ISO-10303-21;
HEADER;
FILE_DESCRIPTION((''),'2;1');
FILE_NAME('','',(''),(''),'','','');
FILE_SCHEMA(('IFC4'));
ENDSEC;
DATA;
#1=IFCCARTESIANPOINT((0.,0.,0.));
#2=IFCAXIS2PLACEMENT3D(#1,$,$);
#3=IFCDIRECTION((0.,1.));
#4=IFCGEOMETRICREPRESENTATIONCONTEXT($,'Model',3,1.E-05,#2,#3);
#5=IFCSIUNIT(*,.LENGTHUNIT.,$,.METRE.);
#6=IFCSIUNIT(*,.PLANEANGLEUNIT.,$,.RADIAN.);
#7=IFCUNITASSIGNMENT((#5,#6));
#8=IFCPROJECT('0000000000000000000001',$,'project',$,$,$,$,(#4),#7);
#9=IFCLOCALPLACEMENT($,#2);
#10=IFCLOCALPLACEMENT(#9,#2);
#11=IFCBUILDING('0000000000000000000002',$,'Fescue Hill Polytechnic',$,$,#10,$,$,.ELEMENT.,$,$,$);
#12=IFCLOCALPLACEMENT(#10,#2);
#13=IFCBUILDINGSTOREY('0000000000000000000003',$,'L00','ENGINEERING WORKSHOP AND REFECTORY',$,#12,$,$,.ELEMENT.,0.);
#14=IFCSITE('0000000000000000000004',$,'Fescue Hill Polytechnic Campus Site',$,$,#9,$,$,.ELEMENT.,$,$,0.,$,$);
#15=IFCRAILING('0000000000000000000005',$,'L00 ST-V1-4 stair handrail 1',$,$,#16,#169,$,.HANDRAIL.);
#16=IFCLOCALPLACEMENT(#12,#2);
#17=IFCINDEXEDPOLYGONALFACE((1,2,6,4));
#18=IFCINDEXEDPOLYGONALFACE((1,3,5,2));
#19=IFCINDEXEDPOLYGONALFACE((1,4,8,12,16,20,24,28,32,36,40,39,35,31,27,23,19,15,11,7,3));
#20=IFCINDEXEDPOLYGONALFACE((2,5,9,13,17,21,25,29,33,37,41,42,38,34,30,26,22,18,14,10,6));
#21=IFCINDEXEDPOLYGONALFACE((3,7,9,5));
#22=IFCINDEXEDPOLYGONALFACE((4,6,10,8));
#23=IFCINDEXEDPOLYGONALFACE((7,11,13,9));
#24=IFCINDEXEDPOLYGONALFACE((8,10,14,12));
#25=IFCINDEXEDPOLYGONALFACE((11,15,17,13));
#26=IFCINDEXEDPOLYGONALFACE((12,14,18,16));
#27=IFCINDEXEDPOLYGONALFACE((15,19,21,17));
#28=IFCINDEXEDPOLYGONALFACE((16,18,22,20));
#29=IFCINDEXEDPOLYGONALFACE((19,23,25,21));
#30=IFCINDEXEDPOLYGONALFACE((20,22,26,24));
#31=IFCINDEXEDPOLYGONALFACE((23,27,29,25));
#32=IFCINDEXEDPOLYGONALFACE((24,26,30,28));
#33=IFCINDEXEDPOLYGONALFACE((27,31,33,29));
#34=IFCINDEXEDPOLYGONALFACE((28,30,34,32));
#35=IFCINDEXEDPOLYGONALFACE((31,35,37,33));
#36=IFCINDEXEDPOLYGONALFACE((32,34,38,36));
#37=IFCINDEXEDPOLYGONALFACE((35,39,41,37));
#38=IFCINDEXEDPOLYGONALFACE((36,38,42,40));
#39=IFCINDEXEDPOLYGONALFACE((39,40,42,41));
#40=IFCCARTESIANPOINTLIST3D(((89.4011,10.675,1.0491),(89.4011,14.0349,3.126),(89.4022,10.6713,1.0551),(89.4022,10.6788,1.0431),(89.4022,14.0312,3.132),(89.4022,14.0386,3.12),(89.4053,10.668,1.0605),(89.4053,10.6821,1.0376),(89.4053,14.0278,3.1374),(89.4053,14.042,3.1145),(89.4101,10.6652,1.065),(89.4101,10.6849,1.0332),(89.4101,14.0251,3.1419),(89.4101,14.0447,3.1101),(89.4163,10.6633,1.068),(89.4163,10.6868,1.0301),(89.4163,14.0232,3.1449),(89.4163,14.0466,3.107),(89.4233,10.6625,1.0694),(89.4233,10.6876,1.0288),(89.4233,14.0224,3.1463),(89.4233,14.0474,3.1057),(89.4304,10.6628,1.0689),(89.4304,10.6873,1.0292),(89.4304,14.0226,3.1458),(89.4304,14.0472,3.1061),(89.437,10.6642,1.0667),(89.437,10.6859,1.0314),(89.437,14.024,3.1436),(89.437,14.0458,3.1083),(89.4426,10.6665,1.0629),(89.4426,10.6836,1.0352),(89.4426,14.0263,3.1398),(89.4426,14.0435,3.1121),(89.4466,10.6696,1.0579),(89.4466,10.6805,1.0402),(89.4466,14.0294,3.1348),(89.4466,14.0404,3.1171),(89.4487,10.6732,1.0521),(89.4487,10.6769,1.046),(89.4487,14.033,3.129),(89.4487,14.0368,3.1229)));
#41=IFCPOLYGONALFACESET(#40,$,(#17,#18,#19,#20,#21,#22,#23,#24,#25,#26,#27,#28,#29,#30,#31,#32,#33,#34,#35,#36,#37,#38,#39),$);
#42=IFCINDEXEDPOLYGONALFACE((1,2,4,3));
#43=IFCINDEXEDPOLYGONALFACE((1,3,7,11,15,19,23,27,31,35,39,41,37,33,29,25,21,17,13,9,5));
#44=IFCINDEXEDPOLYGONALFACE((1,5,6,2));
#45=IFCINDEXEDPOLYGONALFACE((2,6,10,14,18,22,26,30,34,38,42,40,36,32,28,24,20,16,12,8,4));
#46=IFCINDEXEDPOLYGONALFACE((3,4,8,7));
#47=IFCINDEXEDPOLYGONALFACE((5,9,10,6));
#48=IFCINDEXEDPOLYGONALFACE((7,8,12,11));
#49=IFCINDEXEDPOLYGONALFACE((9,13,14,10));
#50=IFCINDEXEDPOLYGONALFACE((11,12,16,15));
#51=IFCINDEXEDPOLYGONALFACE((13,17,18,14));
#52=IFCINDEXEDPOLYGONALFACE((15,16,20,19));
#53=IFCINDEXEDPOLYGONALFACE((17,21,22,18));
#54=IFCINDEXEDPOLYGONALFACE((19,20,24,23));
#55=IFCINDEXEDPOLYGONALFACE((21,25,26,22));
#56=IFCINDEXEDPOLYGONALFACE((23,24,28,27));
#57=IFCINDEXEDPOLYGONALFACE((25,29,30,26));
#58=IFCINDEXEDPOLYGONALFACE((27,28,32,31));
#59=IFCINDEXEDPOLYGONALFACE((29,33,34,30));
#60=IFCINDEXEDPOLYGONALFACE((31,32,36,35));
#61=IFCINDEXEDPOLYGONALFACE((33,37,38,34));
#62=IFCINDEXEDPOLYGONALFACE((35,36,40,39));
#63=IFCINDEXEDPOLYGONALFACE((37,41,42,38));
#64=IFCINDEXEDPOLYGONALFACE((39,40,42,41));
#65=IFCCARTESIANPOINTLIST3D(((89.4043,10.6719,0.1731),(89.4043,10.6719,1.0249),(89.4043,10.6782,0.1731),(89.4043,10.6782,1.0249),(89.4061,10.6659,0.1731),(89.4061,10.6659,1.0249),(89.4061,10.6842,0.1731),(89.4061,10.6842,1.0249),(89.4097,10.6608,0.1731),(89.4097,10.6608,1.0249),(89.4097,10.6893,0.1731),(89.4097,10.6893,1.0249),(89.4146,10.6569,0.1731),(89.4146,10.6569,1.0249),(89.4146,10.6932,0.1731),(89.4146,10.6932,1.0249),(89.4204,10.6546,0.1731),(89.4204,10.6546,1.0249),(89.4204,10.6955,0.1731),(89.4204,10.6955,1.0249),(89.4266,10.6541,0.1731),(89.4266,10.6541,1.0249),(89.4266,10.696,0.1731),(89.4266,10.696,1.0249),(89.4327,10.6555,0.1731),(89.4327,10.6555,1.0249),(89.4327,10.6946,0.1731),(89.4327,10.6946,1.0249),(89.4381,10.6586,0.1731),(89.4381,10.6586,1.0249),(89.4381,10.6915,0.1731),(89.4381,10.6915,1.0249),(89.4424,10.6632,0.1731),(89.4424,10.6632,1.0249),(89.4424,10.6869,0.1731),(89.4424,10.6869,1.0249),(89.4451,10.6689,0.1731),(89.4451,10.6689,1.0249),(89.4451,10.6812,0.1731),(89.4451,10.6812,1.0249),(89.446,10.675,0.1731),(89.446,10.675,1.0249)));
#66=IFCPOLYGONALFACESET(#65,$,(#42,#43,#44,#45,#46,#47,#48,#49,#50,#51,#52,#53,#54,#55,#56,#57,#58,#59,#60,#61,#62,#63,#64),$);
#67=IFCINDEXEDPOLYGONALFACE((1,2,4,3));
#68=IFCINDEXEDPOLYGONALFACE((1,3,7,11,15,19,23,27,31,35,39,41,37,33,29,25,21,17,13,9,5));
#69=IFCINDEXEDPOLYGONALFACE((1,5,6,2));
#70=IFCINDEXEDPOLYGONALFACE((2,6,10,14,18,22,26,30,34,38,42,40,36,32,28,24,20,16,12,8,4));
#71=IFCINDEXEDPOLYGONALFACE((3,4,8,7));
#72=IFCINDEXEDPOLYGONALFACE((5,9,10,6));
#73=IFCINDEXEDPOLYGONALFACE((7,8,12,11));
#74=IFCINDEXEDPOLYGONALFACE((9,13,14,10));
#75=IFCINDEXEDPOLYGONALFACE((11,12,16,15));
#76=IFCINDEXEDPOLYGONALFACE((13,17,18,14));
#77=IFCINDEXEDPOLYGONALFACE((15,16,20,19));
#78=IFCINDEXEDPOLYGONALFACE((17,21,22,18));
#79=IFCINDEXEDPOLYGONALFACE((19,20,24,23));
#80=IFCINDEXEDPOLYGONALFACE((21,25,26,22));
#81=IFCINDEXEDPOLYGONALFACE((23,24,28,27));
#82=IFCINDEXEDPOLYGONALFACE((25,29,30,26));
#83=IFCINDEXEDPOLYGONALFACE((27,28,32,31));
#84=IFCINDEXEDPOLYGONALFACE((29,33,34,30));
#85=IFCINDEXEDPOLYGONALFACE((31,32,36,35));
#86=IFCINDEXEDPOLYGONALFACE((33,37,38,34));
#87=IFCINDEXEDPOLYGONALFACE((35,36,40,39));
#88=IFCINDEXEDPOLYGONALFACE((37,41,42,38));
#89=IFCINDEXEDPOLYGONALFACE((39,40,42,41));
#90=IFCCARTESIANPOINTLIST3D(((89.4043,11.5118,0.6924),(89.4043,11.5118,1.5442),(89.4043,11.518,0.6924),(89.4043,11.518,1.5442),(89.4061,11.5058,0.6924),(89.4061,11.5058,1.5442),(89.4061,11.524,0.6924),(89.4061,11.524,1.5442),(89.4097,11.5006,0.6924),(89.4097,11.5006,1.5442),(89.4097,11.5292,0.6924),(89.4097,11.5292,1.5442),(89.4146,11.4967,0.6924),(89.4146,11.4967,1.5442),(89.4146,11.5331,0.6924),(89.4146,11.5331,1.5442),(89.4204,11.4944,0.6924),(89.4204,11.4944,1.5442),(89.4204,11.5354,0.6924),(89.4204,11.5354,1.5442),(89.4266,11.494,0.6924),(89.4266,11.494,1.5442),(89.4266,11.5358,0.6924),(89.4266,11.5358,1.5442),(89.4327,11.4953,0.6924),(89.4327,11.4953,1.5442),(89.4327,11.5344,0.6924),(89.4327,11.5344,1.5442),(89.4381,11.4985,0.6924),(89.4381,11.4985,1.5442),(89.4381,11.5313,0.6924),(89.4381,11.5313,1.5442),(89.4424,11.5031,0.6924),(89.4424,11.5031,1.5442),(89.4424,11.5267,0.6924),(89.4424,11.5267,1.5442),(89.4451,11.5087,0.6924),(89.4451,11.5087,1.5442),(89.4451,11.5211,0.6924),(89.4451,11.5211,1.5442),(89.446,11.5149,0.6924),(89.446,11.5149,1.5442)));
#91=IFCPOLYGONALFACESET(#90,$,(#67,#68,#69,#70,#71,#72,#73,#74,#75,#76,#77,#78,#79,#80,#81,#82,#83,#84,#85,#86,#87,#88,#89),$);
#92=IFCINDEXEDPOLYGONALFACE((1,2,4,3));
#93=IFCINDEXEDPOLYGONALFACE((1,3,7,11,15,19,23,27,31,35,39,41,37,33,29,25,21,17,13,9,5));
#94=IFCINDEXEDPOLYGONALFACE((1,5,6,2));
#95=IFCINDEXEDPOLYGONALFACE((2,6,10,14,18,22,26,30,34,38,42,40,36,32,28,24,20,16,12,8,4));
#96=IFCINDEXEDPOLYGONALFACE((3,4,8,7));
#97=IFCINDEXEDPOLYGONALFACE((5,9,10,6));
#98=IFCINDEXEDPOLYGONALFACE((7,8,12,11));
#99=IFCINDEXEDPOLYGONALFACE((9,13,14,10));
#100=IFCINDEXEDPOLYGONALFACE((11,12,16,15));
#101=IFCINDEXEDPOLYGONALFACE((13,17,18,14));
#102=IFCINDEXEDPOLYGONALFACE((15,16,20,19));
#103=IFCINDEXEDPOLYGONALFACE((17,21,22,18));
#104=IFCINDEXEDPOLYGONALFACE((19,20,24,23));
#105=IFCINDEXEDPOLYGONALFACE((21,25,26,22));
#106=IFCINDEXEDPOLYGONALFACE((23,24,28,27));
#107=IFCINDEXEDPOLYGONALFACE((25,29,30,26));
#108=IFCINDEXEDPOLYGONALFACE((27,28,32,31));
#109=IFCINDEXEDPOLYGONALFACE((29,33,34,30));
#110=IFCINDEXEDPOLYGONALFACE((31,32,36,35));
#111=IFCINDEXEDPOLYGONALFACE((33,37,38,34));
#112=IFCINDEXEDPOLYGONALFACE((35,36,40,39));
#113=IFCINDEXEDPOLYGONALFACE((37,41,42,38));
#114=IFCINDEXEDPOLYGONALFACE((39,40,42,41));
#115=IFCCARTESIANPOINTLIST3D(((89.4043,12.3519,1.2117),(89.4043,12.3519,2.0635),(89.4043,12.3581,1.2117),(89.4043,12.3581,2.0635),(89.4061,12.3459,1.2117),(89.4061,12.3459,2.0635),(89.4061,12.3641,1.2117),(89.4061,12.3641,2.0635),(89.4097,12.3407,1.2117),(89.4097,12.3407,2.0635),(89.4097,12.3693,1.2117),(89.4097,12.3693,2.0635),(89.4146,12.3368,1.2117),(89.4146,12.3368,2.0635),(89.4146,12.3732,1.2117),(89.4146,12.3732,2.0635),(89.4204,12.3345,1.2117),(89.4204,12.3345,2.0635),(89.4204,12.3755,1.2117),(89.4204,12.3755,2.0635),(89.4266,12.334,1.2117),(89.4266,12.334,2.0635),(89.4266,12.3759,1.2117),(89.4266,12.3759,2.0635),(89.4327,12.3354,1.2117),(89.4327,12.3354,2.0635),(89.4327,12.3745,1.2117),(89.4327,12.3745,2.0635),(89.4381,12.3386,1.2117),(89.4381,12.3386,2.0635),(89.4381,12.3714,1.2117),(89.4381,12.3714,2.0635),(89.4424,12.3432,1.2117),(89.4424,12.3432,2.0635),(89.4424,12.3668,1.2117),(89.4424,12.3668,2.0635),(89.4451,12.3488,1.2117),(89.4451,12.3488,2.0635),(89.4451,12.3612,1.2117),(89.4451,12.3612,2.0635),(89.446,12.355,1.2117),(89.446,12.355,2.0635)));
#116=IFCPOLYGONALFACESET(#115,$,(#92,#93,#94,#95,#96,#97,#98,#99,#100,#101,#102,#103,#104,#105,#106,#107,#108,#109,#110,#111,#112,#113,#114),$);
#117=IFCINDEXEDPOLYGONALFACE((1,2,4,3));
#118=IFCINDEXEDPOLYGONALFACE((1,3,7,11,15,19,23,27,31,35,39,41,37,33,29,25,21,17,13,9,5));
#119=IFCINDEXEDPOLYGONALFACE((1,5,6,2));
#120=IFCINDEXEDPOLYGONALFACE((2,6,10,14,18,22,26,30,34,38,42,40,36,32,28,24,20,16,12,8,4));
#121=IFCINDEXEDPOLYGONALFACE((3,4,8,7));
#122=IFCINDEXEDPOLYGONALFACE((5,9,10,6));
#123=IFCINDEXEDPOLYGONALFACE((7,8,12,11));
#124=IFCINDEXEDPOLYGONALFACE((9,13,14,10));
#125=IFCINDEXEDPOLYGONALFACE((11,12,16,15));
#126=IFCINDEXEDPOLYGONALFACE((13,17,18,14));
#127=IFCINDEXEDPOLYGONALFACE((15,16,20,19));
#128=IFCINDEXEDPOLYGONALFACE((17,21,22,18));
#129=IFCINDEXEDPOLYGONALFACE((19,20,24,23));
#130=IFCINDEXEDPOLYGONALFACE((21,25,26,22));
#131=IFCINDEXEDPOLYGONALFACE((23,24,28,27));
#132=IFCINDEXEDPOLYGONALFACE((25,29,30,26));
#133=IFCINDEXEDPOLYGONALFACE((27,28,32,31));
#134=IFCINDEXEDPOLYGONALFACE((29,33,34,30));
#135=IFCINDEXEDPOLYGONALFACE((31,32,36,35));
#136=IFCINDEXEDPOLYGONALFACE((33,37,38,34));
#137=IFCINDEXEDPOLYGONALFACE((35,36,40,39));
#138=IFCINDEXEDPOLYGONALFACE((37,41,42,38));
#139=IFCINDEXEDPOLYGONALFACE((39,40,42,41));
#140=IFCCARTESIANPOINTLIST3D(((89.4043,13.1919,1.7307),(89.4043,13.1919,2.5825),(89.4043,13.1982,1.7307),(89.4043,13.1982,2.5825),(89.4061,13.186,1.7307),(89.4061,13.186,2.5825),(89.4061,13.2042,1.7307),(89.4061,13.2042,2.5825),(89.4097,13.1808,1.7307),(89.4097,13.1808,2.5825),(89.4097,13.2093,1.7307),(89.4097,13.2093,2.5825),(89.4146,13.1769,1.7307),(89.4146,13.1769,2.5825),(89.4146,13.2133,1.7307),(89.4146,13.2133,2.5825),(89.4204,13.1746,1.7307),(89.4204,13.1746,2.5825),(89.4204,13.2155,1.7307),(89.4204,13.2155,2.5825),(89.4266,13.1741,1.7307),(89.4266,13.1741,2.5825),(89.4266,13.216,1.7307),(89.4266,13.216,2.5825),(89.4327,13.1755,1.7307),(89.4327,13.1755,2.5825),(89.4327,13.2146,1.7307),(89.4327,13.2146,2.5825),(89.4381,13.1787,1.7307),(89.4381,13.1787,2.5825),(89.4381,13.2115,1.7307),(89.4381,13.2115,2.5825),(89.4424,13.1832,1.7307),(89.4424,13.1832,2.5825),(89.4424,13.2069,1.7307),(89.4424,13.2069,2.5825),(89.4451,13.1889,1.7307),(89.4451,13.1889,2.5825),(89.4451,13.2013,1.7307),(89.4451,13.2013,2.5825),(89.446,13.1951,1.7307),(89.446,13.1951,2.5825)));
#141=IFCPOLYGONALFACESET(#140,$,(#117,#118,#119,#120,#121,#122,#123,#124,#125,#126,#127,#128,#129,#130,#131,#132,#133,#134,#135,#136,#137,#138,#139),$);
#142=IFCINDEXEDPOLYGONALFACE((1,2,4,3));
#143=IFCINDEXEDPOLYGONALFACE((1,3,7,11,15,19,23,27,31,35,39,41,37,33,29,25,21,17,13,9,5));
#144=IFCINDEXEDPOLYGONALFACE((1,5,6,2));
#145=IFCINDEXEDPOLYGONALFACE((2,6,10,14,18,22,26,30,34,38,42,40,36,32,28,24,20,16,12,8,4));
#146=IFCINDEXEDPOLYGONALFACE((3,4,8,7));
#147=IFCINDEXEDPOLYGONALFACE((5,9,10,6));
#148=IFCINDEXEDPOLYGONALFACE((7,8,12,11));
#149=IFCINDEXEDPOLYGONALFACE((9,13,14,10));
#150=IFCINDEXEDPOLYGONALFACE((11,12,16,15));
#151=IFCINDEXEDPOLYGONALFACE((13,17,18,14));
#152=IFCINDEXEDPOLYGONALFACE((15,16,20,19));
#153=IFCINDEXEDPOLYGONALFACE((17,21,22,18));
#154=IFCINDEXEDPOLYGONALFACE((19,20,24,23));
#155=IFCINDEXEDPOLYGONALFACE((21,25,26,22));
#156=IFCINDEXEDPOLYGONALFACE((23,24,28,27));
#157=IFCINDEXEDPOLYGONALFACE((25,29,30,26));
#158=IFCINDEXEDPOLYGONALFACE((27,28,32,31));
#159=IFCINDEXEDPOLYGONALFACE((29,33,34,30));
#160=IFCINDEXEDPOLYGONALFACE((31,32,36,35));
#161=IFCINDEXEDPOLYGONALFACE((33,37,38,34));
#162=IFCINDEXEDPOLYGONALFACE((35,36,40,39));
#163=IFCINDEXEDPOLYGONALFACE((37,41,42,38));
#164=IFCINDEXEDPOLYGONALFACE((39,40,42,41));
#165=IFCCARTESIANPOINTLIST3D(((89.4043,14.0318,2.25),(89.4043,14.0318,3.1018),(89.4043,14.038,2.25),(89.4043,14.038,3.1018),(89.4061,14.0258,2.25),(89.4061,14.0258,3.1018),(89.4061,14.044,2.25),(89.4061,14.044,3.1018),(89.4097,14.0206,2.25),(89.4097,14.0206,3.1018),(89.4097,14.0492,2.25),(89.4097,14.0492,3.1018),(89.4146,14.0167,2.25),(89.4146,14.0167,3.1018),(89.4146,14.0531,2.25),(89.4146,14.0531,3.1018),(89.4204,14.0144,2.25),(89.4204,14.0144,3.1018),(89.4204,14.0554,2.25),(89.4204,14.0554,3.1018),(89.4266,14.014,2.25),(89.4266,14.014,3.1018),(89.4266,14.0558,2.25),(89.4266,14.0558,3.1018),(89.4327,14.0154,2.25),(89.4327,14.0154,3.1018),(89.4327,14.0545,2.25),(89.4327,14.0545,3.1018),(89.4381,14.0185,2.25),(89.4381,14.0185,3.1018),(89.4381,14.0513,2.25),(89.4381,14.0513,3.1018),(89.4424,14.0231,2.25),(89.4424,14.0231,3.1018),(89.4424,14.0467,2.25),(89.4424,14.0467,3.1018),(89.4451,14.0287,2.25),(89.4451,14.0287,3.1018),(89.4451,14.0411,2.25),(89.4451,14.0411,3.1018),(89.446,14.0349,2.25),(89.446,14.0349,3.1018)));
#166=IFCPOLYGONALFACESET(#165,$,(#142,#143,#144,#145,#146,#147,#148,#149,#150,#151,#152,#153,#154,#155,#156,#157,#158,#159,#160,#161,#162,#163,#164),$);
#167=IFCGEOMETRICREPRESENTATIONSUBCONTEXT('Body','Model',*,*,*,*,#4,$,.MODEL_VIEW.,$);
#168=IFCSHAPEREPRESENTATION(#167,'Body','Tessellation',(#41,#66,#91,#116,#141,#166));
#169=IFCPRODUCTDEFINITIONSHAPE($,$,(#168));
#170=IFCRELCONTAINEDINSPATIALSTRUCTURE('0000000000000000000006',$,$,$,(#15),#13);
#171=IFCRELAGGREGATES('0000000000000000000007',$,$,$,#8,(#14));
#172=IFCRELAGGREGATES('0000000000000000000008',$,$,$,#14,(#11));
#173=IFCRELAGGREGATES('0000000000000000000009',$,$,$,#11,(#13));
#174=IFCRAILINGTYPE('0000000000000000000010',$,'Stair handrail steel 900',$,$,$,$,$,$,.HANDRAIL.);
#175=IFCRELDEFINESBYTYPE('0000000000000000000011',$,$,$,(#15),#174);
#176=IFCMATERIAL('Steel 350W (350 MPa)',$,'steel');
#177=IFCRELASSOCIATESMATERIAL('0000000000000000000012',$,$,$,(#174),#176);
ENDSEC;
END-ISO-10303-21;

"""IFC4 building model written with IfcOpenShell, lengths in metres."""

from ifc_helpers import new_model, si_unit, direction, frame, origin, origin_2d, place, context, subcontext, project, spatial, circle, extrude, material, type_object, element, save


model = new_model("IFC4")

# Units and contexts
model_context = context("Model", 3, precision=1e-05, world=origin(), true_north=direction((0.0, 1.0)))
body_context = subcontext(model_context, "Body", "Model", "MODEL_VIEW")
ifc_project = project(units=[si_unit("LENGTHUNIT", "METRE"), si_unit("PLANEANGLEUNIT", "RADIAN")], contexts=[model_context])

# Site, building, storey
site_placement = place(None, origin())
site = spatial("IfcSite", under=ifc_project, at=site_placement, Name="Fescue Hill Polytechnic Campus Site", CompositionType="ELEMENT", RefElevation=0.0)
building_placement = place(site_placement, origin())
building = spatial("IfcBuilding", under=site, at=building_placement, Name="Fescue Hill Polytechnic", CompositionType="ELEMENT")
storey_placement = place(building_placement, origin())
storey = spatial("IfcBuildingStorey", under=building, at=storey_placement, Name="L00", Description="ENGINEERING WORKSHOP AND REFECTORY", CompositionType="ELEMENT", Elevation=0.0)

# Railing
ifc_material_1 = material(Name="Steel 350W (350 MPa)", Category="steel")
railing_type_1 = type_object("IfcRailingType", Name="Stair handrail steel 900", PredefinedType="HANDRAIL", material=ifc_material_1)
railing_1_placement = place(storey_placement, frame((89.425, 10.675, 0.1731)))
element("IfcRailing", 1, at=railing_1_placement, inside=storey, type_object=railing_type_1, Name="L00 ST-V1-4 stair handrail 1", PredefinedType="HANDRAIL", context=body_context, shape_type="SweptSolid", body=[
    extrude(circle(Radius=0.0239, at=origin_2d()), frame((0.0, 0.0, 0.876), z_axis=(0.0, 0.850606, 0.525803), x_axis=(-1.0, 0.0, 0.0)), (0.0, 0.0, 1.0), 3.95),
    extrude(circle(Radius=0.021, at=origin_2d()), origin(), (0.0, 0.0, 1.0), 0.8518),
    extrude(circle(Radius=0.021, at=origin_2d()), frame((0.0, 0.8398, 0.5193)), (0.0, 0.0, 1.0), 0.8518),
    extrude(circle(Radius=0.021, at=origin_2d()), frame((0.0, 1.6799, 1.0386)), (0.0, 0.0, 1.0), 0.8518),
    extrude(circle(Radius=0.021, at=origin_2d()), frame((0.0, 2.52, 1.5576)), (0.0, 0.0, 1.0), 0.8518),
    extrude(circle(Radius=0.021, at=origin_2d()), frame((0.0, 3.3599, 2.0769)), (0.0, 0.0, 1.0), 0.8518),
])

save(model, "model.ifc")
